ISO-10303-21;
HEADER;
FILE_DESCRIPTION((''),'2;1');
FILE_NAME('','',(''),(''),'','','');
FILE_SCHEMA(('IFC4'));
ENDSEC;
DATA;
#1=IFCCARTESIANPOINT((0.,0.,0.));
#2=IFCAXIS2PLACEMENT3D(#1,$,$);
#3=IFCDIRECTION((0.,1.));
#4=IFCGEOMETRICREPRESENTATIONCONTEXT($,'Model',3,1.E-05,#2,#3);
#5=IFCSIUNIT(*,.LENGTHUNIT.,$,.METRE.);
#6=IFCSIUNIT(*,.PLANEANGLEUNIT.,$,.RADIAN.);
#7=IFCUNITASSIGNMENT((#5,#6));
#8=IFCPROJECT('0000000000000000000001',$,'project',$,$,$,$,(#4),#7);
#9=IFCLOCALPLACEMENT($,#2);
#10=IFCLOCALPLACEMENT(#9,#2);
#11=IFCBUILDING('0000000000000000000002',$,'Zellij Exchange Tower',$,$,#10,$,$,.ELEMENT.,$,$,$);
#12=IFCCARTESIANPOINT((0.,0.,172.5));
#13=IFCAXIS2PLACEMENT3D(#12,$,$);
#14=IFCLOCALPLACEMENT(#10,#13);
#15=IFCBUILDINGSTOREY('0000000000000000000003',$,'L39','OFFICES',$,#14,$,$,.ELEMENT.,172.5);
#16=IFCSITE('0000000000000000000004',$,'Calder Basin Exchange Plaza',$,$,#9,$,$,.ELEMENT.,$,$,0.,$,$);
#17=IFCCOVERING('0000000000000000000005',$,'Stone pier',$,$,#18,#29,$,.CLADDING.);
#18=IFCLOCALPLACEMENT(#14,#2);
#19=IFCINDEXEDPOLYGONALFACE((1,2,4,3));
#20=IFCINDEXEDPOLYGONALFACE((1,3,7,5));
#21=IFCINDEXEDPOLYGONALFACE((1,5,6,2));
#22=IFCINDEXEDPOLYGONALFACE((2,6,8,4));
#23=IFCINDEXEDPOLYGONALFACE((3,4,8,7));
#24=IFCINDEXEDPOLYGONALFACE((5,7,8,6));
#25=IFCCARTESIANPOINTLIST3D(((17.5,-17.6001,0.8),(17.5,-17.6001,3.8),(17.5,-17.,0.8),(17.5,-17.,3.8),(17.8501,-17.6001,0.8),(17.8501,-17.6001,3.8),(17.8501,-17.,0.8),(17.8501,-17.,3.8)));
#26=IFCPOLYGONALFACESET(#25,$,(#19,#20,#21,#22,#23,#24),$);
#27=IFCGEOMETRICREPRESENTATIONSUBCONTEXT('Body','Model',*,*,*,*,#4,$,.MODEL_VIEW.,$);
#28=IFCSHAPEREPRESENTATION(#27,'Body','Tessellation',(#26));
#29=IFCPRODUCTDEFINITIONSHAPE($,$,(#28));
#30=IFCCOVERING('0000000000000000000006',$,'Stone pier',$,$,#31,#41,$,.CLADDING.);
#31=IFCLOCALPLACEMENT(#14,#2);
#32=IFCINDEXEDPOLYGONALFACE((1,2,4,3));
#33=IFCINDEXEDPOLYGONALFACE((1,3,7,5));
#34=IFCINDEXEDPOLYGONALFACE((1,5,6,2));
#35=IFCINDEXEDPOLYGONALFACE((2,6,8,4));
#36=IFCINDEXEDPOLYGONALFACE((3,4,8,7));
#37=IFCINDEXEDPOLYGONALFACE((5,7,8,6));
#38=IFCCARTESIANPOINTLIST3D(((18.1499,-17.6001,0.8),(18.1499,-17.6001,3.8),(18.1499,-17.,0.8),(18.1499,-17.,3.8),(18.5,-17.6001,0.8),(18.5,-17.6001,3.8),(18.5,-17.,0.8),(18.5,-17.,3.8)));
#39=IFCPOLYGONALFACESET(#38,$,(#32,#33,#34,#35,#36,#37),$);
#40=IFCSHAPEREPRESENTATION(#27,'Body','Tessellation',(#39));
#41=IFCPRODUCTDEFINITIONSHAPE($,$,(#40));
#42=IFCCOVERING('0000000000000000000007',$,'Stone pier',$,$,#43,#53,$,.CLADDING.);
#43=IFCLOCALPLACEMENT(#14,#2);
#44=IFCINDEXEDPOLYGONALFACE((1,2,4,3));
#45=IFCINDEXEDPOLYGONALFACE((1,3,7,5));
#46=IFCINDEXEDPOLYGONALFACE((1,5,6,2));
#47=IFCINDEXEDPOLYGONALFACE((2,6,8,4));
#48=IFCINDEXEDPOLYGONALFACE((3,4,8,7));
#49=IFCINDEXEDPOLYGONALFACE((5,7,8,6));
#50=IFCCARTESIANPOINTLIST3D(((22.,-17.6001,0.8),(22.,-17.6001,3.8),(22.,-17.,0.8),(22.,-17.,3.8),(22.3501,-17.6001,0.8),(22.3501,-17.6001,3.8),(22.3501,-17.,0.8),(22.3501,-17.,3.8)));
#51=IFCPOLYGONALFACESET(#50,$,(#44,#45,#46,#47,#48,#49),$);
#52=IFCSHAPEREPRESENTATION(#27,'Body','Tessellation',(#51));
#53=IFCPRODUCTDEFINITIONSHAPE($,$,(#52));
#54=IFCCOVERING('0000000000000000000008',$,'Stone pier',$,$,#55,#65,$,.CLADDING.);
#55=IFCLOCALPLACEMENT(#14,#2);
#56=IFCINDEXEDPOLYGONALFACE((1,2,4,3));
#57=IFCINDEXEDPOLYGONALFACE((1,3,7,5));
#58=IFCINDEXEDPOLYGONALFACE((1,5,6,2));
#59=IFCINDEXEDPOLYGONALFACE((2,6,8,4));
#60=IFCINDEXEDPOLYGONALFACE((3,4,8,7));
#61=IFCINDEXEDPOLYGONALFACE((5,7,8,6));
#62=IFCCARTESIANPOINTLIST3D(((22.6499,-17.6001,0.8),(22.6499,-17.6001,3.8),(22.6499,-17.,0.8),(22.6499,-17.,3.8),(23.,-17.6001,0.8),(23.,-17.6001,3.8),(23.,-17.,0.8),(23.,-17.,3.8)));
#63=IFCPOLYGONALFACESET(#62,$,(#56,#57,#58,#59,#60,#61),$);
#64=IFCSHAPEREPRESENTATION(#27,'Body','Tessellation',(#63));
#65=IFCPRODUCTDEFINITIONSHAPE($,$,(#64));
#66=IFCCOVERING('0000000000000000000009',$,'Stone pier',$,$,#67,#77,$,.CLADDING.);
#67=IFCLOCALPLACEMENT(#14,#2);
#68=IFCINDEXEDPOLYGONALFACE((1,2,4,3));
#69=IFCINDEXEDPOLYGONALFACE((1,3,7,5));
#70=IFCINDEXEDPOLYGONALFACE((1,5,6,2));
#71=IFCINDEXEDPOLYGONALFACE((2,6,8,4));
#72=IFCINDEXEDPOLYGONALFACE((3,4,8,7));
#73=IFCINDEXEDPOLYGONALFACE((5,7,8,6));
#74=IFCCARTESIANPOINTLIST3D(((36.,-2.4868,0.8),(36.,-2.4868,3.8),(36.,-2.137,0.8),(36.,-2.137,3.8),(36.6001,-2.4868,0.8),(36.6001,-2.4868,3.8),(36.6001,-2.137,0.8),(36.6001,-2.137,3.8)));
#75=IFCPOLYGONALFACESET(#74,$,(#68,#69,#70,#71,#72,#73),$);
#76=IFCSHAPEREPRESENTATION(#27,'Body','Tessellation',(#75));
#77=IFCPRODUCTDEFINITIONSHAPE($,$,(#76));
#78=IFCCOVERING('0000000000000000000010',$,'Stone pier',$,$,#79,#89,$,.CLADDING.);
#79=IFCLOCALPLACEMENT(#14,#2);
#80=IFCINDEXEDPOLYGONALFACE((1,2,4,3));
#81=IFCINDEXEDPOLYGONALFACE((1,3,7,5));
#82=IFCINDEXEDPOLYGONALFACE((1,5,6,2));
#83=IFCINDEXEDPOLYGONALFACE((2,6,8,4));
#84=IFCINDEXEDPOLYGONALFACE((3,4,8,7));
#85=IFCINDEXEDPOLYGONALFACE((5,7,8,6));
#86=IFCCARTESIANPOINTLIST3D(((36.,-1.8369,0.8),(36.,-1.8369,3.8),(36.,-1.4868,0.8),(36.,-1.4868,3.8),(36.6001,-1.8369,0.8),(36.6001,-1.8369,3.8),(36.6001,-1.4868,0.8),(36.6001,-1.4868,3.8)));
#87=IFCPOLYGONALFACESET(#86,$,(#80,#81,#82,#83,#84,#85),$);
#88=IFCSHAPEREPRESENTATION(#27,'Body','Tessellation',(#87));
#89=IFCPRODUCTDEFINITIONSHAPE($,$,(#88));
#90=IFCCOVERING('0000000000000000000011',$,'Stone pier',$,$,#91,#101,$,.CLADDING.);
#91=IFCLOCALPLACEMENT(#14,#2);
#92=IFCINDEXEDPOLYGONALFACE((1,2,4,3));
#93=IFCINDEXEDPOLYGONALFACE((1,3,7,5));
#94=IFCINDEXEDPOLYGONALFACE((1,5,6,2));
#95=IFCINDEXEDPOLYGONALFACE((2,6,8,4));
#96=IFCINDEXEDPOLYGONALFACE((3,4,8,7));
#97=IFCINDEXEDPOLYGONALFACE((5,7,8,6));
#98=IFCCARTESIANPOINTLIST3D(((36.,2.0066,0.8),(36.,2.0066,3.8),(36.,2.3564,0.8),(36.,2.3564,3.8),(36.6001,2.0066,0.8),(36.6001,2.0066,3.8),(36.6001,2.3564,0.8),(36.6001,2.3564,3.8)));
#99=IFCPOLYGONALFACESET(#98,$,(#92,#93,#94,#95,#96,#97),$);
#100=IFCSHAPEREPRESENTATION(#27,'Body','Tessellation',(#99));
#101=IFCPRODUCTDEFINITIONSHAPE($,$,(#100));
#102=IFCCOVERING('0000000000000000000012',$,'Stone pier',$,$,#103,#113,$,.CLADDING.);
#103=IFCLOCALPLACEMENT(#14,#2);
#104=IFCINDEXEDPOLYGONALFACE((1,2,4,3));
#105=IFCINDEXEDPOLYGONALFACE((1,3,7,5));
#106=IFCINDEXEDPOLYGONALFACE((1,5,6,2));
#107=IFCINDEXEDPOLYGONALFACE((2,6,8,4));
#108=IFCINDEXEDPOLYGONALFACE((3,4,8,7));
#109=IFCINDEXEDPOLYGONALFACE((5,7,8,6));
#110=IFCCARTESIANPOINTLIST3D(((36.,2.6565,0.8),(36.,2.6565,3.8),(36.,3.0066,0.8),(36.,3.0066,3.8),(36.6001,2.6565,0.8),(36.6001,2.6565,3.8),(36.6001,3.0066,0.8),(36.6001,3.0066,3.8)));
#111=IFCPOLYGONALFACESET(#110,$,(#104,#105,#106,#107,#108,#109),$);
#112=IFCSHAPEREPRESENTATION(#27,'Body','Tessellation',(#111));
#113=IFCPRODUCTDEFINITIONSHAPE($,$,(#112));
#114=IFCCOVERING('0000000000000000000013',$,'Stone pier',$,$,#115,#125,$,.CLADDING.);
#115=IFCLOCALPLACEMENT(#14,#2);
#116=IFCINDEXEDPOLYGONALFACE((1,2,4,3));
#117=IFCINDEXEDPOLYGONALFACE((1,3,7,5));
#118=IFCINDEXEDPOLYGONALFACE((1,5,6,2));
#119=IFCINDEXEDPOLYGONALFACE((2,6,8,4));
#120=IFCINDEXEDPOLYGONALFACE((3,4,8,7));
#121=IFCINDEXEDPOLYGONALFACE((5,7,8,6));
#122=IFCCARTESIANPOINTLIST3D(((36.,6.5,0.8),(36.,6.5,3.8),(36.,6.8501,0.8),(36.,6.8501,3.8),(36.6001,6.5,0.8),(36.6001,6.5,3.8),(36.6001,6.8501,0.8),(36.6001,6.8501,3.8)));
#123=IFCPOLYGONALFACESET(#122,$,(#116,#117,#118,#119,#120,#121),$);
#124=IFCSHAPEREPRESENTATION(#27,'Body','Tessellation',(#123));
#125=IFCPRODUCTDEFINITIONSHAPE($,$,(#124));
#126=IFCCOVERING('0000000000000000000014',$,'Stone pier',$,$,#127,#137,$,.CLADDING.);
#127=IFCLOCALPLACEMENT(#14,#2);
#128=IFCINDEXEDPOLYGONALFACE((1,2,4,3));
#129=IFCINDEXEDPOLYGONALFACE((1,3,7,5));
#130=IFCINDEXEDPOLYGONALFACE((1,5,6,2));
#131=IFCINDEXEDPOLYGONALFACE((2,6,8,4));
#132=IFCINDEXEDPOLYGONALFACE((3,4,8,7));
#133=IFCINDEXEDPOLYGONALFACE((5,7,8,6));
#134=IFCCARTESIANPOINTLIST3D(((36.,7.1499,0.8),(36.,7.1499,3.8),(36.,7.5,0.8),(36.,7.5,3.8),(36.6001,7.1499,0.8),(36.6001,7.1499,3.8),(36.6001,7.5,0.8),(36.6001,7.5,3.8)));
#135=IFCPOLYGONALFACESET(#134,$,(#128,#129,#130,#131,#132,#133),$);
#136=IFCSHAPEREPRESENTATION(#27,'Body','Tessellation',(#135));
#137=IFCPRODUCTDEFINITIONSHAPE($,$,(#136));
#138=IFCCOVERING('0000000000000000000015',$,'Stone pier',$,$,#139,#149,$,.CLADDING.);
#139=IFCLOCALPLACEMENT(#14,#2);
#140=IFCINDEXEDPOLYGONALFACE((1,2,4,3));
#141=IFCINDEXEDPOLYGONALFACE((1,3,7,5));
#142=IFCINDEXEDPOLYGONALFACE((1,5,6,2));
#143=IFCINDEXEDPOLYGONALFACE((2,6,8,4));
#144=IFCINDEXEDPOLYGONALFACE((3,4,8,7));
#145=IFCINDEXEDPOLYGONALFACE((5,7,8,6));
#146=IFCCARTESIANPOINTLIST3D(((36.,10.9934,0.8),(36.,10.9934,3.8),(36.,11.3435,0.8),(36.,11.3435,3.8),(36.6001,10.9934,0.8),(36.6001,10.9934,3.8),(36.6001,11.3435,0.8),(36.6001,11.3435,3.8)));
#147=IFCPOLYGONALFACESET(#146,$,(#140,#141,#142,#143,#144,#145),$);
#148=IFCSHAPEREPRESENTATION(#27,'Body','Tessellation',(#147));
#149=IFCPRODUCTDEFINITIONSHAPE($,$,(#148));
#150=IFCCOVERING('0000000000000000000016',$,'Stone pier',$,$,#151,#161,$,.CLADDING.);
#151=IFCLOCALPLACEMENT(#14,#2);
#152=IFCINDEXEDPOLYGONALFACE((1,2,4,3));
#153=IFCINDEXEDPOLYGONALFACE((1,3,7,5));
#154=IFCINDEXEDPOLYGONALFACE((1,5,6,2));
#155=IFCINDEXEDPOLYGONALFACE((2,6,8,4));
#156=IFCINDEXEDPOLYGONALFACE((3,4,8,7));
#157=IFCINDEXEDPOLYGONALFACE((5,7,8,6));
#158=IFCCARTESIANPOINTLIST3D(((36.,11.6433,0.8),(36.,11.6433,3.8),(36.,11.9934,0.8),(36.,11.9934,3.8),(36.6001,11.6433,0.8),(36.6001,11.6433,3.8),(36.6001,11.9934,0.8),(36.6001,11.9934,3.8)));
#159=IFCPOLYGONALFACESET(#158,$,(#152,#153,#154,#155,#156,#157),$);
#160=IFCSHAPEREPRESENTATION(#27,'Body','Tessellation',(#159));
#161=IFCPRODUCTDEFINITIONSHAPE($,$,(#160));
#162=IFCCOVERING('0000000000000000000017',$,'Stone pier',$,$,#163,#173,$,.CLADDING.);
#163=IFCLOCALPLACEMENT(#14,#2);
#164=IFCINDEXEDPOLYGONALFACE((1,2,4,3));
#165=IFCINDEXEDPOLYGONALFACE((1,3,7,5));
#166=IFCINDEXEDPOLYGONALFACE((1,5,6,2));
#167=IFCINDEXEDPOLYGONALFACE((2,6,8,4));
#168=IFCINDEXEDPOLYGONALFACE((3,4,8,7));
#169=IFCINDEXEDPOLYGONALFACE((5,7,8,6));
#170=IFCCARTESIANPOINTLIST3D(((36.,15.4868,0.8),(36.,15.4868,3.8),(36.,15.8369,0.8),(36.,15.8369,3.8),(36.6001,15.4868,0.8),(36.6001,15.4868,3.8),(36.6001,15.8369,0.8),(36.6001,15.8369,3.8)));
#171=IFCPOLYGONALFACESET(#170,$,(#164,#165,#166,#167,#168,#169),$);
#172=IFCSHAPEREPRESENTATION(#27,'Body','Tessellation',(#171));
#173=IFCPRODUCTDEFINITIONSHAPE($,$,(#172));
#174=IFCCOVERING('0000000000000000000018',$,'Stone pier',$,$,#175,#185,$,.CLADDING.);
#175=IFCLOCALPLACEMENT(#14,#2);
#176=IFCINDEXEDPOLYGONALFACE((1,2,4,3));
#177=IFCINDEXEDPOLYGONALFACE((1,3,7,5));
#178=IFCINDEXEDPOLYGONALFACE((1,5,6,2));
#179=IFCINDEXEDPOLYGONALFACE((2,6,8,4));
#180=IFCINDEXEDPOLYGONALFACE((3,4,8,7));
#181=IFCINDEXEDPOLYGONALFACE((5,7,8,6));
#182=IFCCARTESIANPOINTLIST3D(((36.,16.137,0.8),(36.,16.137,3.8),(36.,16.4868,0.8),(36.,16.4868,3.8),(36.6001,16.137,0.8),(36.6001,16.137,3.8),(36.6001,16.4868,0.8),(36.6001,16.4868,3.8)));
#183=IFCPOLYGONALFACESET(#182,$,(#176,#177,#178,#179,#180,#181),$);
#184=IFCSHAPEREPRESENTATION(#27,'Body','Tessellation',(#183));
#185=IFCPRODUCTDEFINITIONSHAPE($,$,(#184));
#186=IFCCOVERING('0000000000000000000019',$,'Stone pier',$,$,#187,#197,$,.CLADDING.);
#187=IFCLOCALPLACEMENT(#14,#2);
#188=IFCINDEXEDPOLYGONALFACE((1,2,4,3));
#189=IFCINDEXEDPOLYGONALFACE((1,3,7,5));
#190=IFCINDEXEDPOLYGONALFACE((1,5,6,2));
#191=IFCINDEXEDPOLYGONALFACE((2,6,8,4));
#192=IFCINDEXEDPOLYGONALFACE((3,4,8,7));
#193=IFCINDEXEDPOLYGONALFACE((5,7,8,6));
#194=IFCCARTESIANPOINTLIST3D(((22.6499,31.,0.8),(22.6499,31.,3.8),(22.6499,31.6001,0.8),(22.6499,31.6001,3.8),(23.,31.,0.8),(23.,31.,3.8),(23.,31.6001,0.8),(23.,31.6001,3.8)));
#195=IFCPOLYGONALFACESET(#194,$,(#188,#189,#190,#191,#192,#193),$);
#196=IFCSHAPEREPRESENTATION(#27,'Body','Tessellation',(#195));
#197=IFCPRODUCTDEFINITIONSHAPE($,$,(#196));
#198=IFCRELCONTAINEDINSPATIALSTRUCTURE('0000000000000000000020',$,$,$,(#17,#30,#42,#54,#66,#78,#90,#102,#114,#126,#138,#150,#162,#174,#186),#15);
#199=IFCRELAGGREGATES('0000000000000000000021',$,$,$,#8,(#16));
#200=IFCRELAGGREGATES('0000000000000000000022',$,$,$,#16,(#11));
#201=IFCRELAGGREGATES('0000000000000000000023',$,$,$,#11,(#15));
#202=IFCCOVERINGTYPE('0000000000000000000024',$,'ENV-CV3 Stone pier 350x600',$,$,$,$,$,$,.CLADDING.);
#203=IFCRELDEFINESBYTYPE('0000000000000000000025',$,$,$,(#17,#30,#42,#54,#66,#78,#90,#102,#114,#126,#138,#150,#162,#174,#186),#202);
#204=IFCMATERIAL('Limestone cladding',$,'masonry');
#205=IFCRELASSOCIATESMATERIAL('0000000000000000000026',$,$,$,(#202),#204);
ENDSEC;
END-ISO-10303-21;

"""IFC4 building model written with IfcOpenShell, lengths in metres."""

from ifc_helpers import new_model, si_unit, direction, frame, origin, place, context, subcontext, project, spatial, polyline, outline, extrude, material, type_object, element, save


model = new_model("IFC4")

# Units and contexts
model_context = context("Model", 3, precision=1e-05, world=origin(), true_north=direction((0.0, 1.0)))
body_context = subcontext(model_context, "Body", "Model", "MODEL_VIEW")
ifc_project = project(units=[si_unit("LENGTHUNIT", "METRE"), si_unit("PLANEANGLEUNIT", "RADIAN")], contexts=[model_context])

# Site, building, storey
site_placement = place(None, origin())
site = spatial("IfcSite", under=ifc_project, at=site_placement, Name="Calder Basin Exchange Plaza", CompositionType="ELEMENT", RefElevation=0.0)
building_placement = place(site_placement, origin())
building = spatial("IfcBuilding", under=site, at=building_placement, Name="Zellij Exchange Tower", CompositionType="ELEMENT")
storey_placement = place(building_placement, frame((0.0, 0.0, 172.5)))
storey = spatial("IfcBuildingStorey", under=building, at=storey_placement, Name="L39", Description="OFFICES", CompositionType="ELEMENT", Elevation=172.5)

# Coverings
ifc_material = material(Name="Limestone cladding", Category="masonry")
covering_type = type_object("IfcCoveringType", Name="ENV-CV3 Stone pier 350x600", PredefinedType="CLADDING", material=ifc_material)
covering_1_placement = place(storey_placement, frame((0.0, 0.0, 0.8)))
element("IfcCovering", 1, at=covering_1_placement, inside=storey, type_object=covering_type, Name="Stone pier", PredefinedType="CLADDING", context=body_context, shape_type="SweptSolid", body=[
    extrude(outline(polyline([(17.5, -17.0), (17.8501, -17.0), (17.8501, -17.6001), (17.5, -17.6001), (17.5, -17.0)])), origin(), (0.0, 0.0, 1.0), 3.0),
])
covering_2_placement = place(storey_placement, frame((0.0, 0.0, 0.8)))
element("IfcCovering", 2, at=covering_2_placement, inside=storey, type_object=covering_type, Name="Stone pier", PredefinedType="CLADDING", context=body_context, shape_type="SweptSolid", body=[
    extrude(outline(polyline([(18.1499, -17.0), (18.5, -17.0), (18.5, -17.6001), (18.1499, -17.6001), (18.1499, -17.0)])), origin(), (0.0, 0.0, 1.0), 3.0),
])
covering_3_placement = place(storey_placement, frame((0.0, 0.0, 0.8)))
element("IfcCovering", 3, at=covering_3_placement, inside=storey, type_object=covering_type, Name="Stone pier", PredefinedType="CLADDING", context=body_context, shape_type="SweptSolid", body=[
    extrude(outline(polyline([(22.0, -17.0), (22.3501, -17.0), (22.3501, -17.6001), (22.0, -17.6001), (22.0, -17.0)])), origin(), (0.0, 0.0, 1.0), 3.0),
])
covering_4_placement = place(storey_placement, frame((0.0, 0.0, 0.8)))
element("IfcCovering", 4, at=covering_4_placement, inside=storey, type_object=covering_type, Name="Stone pier", PredefinedType="CLADDING", context=body_context, shape_type="SweptSolid", body=[
    extrude(outline(polyline([(22.6499, -17.0), (23.0, -17.0), (23.0, -17.6001), (22.6499, -17.6001), (22.6499, -17.0)])), origin(), (0.0, 0.0, 1.0), 3.0),
])
covering_5_placement = place(storey_placement, frame((0.0, 0.0, 0.8)))
element("IfcCovering", 5, at=covering_5_placement, inside=storey, type_object=covering_type, Name="Stone pier", PredefinedType="CLADDING", context=body_context, shape_type="SweptSolid", body=[
    extrude(outline(polyline([(36.0, -2.4868), (36.0, -2.137), (36.6001, -2.137), (36.6001, -2.4868), (36.0, -2.4868)])), origin(), (0.0, 0.0, 1.0), 3.0),
])
covering_6_placement = place(storey_placement, frame((0.0, 0.0, 0.8)))
element("IfcCovering", 6, at=covering_6_placement, inside=storey, type_object=covering_type, Name="Stone pier", PredefinedType="CLADDING", context=body_context, shape_type="SweptSolid", body=[
    extrude(outline(polyline([(36.0, -1.8369), (36.0, -1.4868), (36.6001, -1.4868), (36.6001, -1.8369), (36.0, -1.8369)])), origin(), (0.0, 0.0, 1.0), 3.0),
])
covering_7_placement = place(storey_placement, frame((0.0, 0.0, 0.8)))
element("IfcCovering", 7, at=covering_7_placement, inside=storey, type_object=covering_type, Name="Stone pier", PredefinedType="CLADDING", context=body_context, shape_type="SweptSolid", body=[
    extrude(outline(polyline([(36.0, 2.0066), (36.0, 2.3564), (36.6001, 2.3564), (36.6001, 2.0066), (36.0, 2.0066)])), origin(), (0.0, 0.0, 1.0), 3.0),
])
covering_8_placement = place(storey_placement, frame((0.0, 0.0, 0.8)))
element("IfcCovering", 8, at=covering_8_placement, inside=storey, type_object=covering_type, Name="Stone pier", PredefinedType="CLADDING", context=body_context, shape_type="SweptSolid", body=[
    extrude(outline(polyline([(36.0, 2.6565), (36.0, 3.0066), (36.6001, 3.0066), (36.6001, 2.6565), (36.0, 2.6565)])), origin(), (0.0, 0.0, 1.0), 3.0),
])
covering_9_placement = place(storey_placement, frame((0.0, 0.0, 0.8)))
element("IfcCovering", 9, at=covering_9_placement, inside=storey, type_object=covering_type, Name="Stone pier", PredefinedType="CLADDING", context=body_context, shape_type="SweptSolid", body=[
    extrude(outline(polyline([(36.0, 6.5), (36.0, 6.8501), (36.6001, 6.8501), (36.6001, 6.5), (36.0, 6.5)])), origin(), (0.0, 0.0, 1.0), 3.0),
])
covering_10_placement = place(storey_placement, frame((0.0, 0.0, 0.8)))
element("IfcCovering", 10, at=covering_10_placement, inside=storey, type_object=covering_type, Name="Stone pier", PredefinedType="CLADDING", context=body_context, shape_type="SweptSolid", body=[
    extrude(outline(polyline([(36.0, 7.1499), (36.0, 7.5), (36.6001, 7.5), (36.6001, 7.1499), (36.0, 7.1499)])), origin(), (0.0, 0.0, 1.0), 3.0),
])
covering_11_placement = place(storey_placement, frame((0.0, 0.0, 0.8)))
element("IfcCovering", 11, at=covering_11_placement, inside=storey, type_object=covering_type, Name="Stone pier", PredefinedType="CLADDING", context=body_context, shape_type="SweptSolid", body=[
    extrude(outline(polyline([(36.0, 10.9934), (36.0, 11.3435), (36.6001, 11.3435), (36.6001, 10.9934), (36.0, 10.9934)])), origin(), (0.0, 0.0, 1.0), 3.0),
])
covering_12_placement = place(storey_placement, frame((0.0, 0.0, 0.8)))
element("IfcCovering", 12, at=covering_12_placement, inside=storey, type_object=covering_type, Name="Stone pier", PredefinedType="CLADDING", context=body_context, shape_type="SweptSolid", body=[
    extrude(outline(polyline([(36.0, 11.6433), (36.0, 11.9934), (36.6001, 11.9934), (36.6001, 11.6433), (36.0, 11.6433)])), origin(), (0.0, 0.0, 1.0), 3.0),
])
covering_13_placement = place(storey_placement, frame((0.0, 0.0, 0.8)))
element("IfcCovering", 13, at=covering_13_placement, inside=storey, type_object=covering_type, Name="Stone pier", PredefinedType="CLADDING", context=body_context, shape_type="SweptSolid", body=[
    extrude(outline(polyline([(36.0, 15.4868), (36.0, 15.8369), (36.6001, 15.8369), (36.6001, 15.4868), (36.0, 15.4868)])), origin(), (0.0, 0.0, 1.0), 3.0),
])
covering_14_placement = place(storey_placement, frame((0.0, 0.0, 0.8)))
element("IfcCovering", 14, at=covering_14_placement, inside=storey, type_object=covering_type, Name="Stone pier", PredefinedType="CLADDING", context=body_context, shape_type="SweptSolid", body=[
    extrude(outline(polyline([(36.0, 16.137), (36.0, 16.4868), (36.6001, 16.4868), (36.6001, 16.137), (36.0, 16.137)])), origin(), (0.0, 0.0, 1.0), 3.0),
])
covering_15_placement = place(storey_placement, frame((0.0, 0.0, 0.8)))
element("IfcCovering", 15, at=covering_15_placement, inside=storey, type_object=covering_type, Name="Stone pier", PredefinedType="CLADDING", context=body_context, shape_type="SweptSolid", body=[
    extrude(outline(polyline([(23.0, 31.0), (22.6499, 31.0), (22.6499, 31.6001), (23.0, 31.6001), (23.0, 31.0)])), origin(), (0.0, 0.0, 1.0), 3.0),
])

save(model, "model.ifc")
